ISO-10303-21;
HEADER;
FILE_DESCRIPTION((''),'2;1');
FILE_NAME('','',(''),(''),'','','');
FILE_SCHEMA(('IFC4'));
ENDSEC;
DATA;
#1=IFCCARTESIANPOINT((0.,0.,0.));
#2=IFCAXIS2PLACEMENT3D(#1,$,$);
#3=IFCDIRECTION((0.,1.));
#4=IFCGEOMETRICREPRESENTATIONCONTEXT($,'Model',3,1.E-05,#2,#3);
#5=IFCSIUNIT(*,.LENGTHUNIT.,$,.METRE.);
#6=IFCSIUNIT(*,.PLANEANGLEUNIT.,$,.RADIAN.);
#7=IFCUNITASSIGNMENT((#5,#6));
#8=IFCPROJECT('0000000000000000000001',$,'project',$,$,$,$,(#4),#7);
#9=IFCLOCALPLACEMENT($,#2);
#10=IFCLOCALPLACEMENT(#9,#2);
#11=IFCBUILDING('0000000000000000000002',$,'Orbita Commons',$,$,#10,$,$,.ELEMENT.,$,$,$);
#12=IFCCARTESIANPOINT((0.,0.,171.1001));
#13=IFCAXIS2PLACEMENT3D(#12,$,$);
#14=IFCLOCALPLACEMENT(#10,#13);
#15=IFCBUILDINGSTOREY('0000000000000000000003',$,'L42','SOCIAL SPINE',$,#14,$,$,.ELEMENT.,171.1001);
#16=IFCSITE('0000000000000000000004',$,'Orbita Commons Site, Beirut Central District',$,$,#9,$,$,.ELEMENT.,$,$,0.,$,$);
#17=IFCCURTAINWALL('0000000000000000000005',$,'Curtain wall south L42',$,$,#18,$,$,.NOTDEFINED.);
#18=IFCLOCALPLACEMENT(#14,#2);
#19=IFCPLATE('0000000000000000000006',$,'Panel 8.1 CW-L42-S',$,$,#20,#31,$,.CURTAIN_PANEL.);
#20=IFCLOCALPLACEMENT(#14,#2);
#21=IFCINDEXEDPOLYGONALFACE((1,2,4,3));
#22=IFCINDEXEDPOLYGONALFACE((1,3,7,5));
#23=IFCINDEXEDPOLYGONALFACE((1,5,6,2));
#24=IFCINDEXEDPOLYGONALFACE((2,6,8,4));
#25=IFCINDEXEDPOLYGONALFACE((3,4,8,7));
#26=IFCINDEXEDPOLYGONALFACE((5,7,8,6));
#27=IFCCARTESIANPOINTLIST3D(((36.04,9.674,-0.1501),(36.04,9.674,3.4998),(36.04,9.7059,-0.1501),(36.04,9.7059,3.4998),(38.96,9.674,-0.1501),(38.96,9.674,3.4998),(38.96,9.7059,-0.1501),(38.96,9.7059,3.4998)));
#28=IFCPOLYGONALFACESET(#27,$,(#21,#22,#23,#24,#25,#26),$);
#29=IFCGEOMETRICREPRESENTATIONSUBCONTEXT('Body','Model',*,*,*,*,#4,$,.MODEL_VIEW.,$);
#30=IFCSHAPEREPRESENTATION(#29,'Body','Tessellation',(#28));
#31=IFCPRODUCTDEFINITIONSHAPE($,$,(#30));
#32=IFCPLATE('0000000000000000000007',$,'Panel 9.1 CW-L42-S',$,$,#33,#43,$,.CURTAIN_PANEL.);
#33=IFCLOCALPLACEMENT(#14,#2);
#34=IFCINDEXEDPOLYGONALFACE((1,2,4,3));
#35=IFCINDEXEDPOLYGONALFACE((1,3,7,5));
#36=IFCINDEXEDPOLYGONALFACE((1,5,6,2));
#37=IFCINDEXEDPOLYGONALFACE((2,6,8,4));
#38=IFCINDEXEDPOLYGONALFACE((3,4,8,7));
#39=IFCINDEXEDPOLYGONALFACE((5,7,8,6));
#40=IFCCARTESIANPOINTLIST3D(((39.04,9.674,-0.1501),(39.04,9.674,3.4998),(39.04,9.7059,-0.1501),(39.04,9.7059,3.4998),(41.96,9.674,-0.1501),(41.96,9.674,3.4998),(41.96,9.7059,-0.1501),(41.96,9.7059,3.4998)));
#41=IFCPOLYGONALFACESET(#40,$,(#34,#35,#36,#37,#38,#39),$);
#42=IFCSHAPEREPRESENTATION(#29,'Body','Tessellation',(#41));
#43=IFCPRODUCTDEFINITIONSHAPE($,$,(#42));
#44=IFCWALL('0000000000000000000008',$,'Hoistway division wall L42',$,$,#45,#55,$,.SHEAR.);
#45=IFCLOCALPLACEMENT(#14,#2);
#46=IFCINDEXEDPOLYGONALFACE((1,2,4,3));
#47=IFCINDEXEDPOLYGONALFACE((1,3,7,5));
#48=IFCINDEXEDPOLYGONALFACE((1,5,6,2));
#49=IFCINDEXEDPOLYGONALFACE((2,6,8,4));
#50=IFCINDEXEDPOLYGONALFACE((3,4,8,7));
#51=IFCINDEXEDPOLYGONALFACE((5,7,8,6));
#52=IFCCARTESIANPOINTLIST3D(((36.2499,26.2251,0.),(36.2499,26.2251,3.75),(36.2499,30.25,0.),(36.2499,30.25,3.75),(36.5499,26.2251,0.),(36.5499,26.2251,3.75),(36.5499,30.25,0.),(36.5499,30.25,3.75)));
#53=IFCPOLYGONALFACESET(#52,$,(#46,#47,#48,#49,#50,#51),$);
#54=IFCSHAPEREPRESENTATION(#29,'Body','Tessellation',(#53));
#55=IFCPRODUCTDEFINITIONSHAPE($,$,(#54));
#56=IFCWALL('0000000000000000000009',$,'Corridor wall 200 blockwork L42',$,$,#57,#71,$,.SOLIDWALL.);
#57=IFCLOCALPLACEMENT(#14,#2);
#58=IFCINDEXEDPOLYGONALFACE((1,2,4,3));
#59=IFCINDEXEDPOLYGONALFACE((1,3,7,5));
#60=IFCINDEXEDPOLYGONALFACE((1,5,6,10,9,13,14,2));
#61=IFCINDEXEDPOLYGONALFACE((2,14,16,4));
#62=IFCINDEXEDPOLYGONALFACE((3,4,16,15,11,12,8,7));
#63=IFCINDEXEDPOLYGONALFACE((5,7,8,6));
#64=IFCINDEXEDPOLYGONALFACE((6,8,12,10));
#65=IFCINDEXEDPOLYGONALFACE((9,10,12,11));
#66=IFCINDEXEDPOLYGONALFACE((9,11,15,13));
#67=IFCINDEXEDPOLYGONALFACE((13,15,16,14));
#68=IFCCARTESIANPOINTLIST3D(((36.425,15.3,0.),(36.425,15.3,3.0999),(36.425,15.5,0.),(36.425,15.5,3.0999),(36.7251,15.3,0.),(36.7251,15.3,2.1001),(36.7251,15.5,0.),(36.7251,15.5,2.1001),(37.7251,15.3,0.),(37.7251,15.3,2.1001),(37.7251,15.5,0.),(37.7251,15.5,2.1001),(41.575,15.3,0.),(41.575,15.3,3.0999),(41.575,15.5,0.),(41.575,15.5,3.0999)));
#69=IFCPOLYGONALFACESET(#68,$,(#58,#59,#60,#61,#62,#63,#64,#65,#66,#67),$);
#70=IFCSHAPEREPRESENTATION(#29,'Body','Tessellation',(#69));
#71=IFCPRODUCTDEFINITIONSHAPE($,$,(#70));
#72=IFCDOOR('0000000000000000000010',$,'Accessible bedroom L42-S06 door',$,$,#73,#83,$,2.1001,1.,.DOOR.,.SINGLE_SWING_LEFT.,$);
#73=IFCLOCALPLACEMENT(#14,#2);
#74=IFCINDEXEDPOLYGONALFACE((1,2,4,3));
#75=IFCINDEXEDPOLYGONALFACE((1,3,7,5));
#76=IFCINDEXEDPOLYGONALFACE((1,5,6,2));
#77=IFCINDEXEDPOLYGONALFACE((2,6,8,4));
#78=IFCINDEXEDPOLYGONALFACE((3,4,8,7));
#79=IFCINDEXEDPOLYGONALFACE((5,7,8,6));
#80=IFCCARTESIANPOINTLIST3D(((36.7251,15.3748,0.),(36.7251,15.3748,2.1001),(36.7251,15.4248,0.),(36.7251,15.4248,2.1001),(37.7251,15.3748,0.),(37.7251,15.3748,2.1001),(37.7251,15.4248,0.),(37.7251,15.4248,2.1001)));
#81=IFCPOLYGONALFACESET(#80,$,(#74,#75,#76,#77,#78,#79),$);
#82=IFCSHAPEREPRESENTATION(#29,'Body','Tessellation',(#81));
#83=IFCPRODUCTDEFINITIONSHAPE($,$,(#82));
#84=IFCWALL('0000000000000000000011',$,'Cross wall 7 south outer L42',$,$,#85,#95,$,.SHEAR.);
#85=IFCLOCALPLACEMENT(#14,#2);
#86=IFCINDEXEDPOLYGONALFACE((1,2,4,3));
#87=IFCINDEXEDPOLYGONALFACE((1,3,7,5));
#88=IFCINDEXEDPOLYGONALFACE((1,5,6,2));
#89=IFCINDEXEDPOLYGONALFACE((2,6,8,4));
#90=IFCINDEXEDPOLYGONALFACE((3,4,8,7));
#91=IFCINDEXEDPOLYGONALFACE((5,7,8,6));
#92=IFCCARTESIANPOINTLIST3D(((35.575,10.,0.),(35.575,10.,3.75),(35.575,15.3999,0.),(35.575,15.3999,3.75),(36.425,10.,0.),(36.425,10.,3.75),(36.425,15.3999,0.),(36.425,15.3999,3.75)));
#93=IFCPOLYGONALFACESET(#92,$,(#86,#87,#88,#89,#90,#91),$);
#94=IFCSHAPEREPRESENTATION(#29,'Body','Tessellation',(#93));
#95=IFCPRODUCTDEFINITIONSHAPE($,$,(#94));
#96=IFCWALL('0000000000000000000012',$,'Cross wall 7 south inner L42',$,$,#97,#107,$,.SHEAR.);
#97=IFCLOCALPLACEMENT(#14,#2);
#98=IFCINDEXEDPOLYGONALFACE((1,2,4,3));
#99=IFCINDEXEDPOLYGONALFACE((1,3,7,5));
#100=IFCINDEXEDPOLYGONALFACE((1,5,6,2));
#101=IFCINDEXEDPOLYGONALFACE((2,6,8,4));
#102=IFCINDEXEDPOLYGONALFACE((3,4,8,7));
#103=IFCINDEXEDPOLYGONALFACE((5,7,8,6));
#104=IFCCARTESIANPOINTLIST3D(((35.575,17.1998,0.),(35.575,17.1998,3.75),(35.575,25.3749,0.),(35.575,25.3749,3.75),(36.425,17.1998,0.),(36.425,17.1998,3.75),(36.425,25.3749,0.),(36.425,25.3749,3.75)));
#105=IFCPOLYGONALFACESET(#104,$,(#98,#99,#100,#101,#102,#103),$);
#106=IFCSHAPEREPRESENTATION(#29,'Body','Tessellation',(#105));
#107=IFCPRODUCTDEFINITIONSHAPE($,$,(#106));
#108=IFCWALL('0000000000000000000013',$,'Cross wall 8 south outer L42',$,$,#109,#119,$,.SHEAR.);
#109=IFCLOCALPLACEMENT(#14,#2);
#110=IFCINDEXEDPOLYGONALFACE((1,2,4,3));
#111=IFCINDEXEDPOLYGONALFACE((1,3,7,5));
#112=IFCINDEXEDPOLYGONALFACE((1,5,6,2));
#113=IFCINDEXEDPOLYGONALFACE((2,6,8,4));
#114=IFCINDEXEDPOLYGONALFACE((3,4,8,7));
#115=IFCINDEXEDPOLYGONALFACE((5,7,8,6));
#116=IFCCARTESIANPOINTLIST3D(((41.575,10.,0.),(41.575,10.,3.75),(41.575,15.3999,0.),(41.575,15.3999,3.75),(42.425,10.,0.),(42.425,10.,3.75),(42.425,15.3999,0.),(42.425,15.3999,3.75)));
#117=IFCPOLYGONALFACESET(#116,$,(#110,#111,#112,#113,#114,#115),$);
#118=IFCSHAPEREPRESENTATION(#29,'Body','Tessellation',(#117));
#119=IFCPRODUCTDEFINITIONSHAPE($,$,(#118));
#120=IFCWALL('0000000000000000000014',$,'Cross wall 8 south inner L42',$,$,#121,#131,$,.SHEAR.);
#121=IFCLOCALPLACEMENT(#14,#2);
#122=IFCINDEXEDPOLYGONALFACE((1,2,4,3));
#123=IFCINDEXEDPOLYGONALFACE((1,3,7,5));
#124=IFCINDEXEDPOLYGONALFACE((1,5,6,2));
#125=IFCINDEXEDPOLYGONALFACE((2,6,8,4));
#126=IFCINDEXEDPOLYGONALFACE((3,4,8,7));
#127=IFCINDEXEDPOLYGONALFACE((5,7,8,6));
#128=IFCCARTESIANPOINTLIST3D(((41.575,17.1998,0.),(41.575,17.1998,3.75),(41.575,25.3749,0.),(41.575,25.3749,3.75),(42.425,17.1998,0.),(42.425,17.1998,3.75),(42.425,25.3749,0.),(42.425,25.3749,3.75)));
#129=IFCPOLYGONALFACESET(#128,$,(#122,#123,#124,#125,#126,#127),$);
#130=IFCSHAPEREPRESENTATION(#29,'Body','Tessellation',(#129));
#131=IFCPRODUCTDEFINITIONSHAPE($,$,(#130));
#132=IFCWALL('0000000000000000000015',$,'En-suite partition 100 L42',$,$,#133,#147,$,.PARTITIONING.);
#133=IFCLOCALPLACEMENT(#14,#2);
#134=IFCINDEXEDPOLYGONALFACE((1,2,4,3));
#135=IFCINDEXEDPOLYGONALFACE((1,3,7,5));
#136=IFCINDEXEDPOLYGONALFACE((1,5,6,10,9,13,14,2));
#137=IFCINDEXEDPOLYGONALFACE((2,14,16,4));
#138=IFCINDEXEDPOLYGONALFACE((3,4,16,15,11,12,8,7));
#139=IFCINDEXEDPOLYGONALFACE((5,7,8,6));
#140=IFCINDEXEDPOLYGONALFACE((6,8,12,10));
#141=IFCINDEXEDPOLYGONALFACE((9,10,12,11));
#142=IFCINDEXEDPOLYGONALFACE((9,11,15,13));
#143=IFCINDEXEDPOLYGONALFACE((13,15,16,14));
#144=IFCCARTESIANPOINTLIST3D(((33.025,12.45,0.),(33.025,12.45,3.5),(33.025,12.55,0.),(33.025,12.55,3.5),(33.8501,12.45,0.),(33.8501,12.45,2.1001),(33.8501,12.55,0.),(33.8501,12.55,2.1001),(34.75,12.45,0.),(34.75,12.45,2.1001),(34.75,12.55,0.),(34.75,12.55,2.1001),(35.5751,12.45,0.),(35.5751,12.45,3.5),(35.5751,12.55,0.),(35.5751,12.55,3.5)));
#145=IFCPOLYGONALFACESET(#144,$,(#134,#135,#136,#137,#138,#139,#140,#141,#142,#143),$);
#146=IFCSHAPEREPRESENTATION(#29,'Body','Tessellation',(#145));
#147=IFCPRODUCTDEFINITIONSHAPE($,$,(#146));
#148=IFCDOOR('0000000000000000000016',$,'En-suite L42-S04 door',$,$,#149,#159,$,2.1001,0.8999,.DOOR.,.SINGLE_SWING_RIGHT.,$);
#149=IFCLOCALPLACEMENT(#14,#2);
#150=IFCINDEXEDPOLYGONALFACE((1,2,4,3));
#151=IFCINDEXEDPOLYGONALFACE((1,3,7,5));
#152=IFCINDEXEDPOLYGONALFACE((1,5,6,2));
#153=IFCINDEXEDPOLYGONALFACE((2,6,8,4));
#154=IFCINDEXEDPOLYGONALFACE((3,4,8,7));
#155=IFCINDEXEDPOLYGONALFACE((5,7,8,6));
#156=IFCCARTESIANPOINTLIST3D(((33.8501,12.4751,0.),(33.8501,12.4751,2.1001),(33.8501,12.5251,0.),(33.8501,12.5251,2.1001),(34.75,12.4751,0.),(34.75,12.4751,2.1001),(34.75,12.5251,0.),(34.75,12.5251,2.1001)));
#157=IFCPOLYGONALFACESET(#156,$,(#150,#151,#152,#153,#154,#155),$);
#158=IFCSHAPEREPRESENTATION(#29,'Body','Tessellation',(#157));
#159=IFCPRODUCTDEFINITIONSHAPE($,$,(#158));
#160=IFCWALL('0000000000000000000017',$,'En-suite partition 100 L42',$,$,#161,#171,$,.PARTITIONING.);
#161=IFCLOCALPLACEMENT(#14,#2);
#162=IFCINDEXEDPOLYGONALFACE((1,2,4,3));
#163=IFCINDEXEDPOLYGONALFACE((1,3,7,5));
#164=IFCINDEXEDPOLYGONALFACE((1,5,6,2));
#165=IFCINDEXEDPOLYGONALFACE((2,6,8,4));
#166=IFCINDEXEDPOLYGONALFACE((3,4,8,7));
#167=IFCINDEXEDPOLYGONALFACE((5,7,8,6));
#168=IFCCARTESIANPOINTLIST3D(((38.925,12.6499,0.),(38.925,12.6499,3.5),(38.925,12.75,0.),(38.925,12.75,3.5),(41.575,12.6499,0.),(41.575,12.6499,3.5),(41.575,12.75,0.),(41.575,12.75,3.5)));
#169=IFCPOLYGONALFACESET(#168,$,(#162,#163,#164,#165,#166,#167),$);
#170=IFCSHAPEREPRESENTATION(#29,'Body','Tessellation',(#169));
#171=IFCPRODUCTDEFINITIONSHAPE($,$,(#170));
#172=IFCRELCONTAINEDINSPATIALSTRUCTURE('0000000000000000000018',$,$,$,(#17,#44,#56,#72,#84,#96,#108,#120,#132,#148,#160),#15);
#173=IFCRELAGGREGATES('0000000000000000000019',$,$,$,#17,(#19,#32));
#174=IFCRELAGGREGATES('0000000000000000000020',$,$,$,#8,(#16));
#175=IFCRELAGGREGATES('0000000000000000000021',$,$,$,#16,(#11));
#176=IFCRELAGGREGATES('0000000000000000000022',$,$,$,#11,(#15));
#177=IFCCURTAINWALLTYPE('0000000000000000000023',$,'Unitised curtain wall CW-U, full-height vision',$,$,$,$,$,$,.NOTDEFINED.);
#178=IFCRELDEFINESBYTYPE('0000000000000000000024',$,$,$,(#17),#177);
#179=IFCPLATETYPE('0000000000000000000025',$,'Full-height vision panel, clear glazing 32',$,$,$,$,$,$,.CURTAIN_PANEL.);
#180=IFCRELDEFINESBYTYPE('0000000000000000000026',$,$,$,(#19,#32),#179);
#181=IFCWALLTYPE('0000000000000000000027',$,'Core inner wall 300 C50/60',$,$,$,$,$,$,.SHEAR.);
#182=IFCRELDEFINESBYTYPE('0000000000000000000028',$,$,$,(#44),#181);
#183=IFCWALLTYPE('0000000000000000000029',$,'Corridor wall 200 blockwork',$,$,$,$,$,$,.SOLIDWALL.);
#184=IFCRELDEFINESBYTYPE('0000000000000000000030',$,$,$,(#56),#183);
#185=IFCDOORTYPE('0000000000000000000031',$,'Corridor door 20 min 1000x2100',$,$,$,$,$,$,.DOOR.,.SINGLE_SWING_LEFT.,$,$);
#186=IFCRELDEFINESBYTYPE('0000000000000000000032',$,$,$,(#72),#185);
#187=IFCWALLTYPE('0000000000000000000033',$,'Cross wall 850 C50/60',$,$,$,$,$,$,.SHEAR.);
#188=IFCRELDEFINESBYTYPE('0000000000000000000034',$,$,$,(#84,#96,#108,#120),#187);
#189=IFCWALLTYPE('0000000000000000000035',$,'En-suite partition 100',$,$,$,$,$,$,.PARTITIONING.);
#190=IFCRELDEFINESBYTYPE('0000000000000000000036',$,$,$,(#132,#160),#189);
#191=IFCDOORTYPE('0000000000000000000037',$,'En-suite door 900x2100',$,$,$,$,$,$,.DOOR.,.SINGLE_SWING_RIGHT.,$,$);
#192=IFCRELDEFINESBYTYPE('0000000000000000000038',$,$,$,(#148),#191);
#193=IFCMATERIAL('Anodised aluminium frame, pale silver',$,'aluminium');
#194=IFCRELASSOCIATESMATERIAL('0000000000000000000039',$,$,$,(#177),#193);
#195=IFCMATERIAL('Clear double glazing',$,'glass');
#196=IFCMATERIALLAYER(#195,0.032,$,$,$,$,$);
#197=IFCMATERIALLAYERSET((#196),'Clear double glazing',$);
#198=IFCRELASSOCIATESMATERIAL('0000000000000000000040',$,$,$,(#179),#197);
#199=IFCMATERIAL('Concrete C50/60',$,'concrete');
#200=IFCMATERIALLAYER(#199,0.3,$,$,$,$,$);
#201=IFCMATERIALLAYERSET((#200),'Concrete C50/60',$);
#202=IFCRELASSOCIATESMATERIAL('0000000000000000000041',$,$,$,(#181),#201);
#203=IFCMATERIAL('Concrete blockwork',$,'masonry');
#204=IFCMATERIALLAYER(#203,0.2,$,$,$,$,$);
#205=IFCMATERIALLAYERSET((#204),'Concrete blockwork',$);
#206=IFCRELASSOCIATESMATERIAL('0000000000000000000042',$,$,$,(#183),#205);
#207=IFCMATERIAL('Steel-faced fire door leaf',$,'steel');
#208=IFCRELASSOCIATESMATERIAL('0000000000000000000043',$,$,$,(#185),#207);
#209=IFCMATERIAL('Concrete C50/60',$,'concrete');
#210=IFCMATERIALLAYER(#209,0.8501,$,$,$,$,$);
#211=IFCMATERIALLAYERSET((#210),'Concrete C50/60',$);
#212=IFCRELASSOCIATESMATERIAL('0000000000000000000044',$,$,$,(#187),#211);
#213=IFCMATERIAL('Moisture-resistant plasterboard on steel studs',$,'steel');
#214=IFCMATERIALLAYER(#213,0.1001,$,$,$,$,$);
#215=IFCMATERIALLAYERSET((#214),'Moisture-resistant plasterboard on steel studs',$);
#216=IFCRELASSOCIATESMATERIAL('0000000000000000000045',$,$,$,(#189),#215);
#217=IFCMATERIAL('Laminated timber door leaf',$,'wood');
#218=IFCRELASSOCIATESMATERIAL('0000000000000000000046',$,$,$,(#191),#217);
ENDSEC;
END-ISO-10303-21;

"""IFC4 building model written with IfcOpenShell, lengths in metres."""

from ifc_helpers import new_model, si_unit, direction, frame, frame_2d, origin, origin_2d, place, context, subcontext, project, spatial, polyline, rectangle, outline, extrude, material, layer, layer_set, type_object, element, fill, aggregate, save


model = new_model("IFC4")

# Units and contexts
model_context = context("Model", 3, precision=1e-05, world=origin(), true_north=direction((0.0, 1.0)))
body_context = subcontext(model_context, "Body", "Model", "MODEL_VIEW")
ifc_project = project(units=[si_unit("LENGTHUNIT", "METRE"), si_unit("PLANEANGLEUNIT", "RADIAN")], contexts=[model_context])

# Site, building, storey
site_placement = place(None, origin())
site = spatial("IfcSite", under=ifc_project, at=site_placement, Name="Orbita Commons Site, Beirut Central District", CompositionType="ELEMENT", RefElevation=0.0)
building_placement = place(site_placement, origin())
building = spatial("IfcBuilding", under=site, at=building_placement, Name="Orbita Commons", CompositionType="ELEMENT")
storey_placement = place(building_placement, frame((0.0, 0.0, 171.1001)))
storey = spatial("IfcBuildingStorey", under=building, at=storey_placement, Name="L42", Description="SOCIAL SPINE", CompositionType="ELEMENT", Elevation=171.1001)

# Curtain wall
ifc_material_1 = material(Name="Anodised aluminium frame, pale silver", Category="aluminium")
curtain_wall_type = type_object("IfcCurtainWallType", Name="Unitised curtain wall CW-U, full-height vision", PredefinedType="NOTDEFINED", material=ifc_material_1)
curtain_wall_placement = place(storey_placement, origin())
curtain_wall = element("IfcCurtainWall", 1, at=curtain_wall_placement, inside=storey, type_object=curtain_wall_type, Name="Curtain wall south L42", PredefinedType="NOTDEFINED")

# Plates
ifc_material_2 = material(Name="Clear double glazing", Category="glass")
ifc_layer_1 = layer(ifc_material_2, 0.032)
ifc_layer_set_1 = layer_set([ifc_layer_1], Name="Clear double glazing")
plate_type = type_object("IfcPlateType", Name="Full-height vision panel, clear glazing 32", PredefinedType="CURTAIN_PANEL", material=ifc_layer_set_1)
plate_1_placement = place(storey_placement, frame((37.5, 9.6899, -0.1501), z_axis=(0.0, 0.0, 1.0), x_axis=(1.0, 0.0, 0.0)))
plate_1 = element("IfcPlate", 2, at=plate_1_placement, type_object=plate_type, Name="Panel 8.1 CW-L42-S", PredefinedType="CURTAIN_PANEL", context=body_context, shape_type="SweptSolid", body=[
    extrude(rectangle(XDim=2.9199, YDim=0.032, at=origin_2d()), origin(), (0.0, 0.0, 1.0), 3.6499),
])
plate_2_placement = place(storey_placement, frame((40.5, 9.6899, -0.1501), z_axis=(0.0, 0.0, 1.0), x_axis=(1.0, 0.0, 0.0)))
plate_2 = element("IfcPlate", 3, at=plate_2_placement, type_object=plate_type, Name="Panel 9.1 CW-L42-S", PredefinedType="CURTAIN_PANEL", context=body_context, shape_type="SweptSolid", body=[
    extrude(rectangle(XDim=2.9199, YDim=0.032, at=origin_2d()), origin(), (0.0, 0.0, 1.0), 3.6499),
])
aggregate(curtain_wall, [plate_1, plate_2])

# Wall
ifc_material_3 = material(Name="Concrete C50/60", Category="concrete")
ifc_layer_2 = layer(ifc_material_3, 0.3)
ifc_layer_set_2 = layer_set([ifc_layer_2], Name="Concrete C50/60")
wall_type_1 = type_object("IfcWallType", Name="Core inner wall 300 C50/60", PredefinedType="SHEAR", material=ifc_layer_set_2)
wall_1_placement = place(storey_placement, frame((36.3999, 26.2251, 0.0), z_axis=(0.0, 0.0, 1.0), x_axis=(0.0, 1.0, 0.0)))
element("IfcWall", 4, at=wall_1_placement, inside=storey, type_object=wall_type_1, Name="Hoistway division wall L42", PredefinedType="SHEAR", context=body_context, shape_type="SweptSolid", body=[
    extrude(rectangle(XDim=4.0249, YDim=0.3, at=frame_2d((2.0125, 0.0))), origin(), (0.0, 0.0, 1.0), 3.75),
])

# Wall, opening, door
ifc_material_4 = material(Name="Concrete blockwork", Category="masonry")
ifc_layer_3 = layer(ifc_material_4, 0.2)
ifc_layer_set_3 = layer_set([ifc_layer_3], Name="Concrete blockwork")
wall_type_2 = type_object("IfcWallType", Name="Corridor wall 200 blockwork", PredefinedType="SOLIDWALL", material=ifc_layer_set_3)
wall_2_placement = place(storey_placement, frame((36.425, 15.3999, 0.0), z_axis=(0.0, 0.0, 1.0), x_axis=(1.0, 0.0, 0.0)))
wall_2 = element("IfcWall", 5, at=wall_2_placement, inside=storey, type_object=wall_type_2, Name="Corridor wall 200 blockwork L42", PredefinedType="SOLIDWALL", context=body_context, shape_type="SweptSolid", body=[
    extrude(outline(polyline([(0.0, 0.0), (5.1499, 0.0), (5.1499, 3.0999), (0.0, 3.0999), (0.0, 0.0)])), frame((0.0, 0.1001, 0.0), z_axis=(0.0, -1.0, 0.0), x_axis=(1.0, 0.0, 0.0)), (0.0, 0.0, 1.0), 0.2),
])
opening_1_placement = place(wall_2_placement, frame((0.3, 0.0, 0.0)))
opening_1 = element("IfcOpeningElement", 6, at=opening_1_placement, cuts=wall_2, PredefinedType="OPENING", context=body_context, shape_type="SweptSolid", body=[
    extrude(rectangle(XDim=1.0, YDim=2.1001, at=frame_2d((0.5, 1.05))), frame((0.0, 0.1099, 0.0), z_axis=(0.0, -1.0, 0.0), x_axis=(1.0, 0.0, 0.0)), (0.0, 0.0, 1.0), 0.22),
])
ifc_material_5 = material(Name="Steel-faced fire door leaf", Category="steel")
door_type_1 = type_object("IfcDoorType", Name="Corridor door 20 min 1000x2100", OperationType="SINGLE_SWING_LEFT", PredefinedType="DOOR", material=ifc_material_5)
door_1_placement = place(opening_1_placement, origin())
door_1 = element("IfcDoor", 7, at=door_1_placement, inside=storey, type_object=door_type_1, Name="Accessible bedroom L42-S06 door", OperationType="SINGLE_SWING_LEFT", OverallHeight=2.1001, OverallWidth=1.0, PredefinedType="DOOR", context=body_context, shape_type="SweptSolid", body=[
    extrude(rectangle(XDim=1.0, YDim=2.1001, at=frame_2d((0.5, 1.05))), frame((0.0, 0.0249, 0.0), z_axis=(0.0, -1.0, 0.0), x_axis=(1.0, 0.0, 0.0)), (0.0, 0.0, 1.0), 0.05),
])
fill(opening_1, door_1)

# Walls
ifc_material_6 = material(Name="Concrete C50/60", Category="concrete")
ifc_layer_4 = layer(ifc_material_6, 0.8501)
ifc_layer_set_4 = layer_set([ifc_layer_4], Name="Concrete C50/60")
wall_type_3 = type_object("IfcWallType", Name="Cross wall 850 C50/60", PredefinedType="SHEAR", material=ifc_layer_set_4)
wall_3_placement = place(storey_placement, frame((36.0, 10.0, 0.0), z_axis=(0.0, 0.0, 1.0), x_axis=(0.0, 1.0, 0.0)))
element("IfcWall", 8, at=wall_3_placement, inside=storey, type_object=wall_type_3, Name="Cross wall 7 south outer L42", PredefinedType="SHEAR", context=body_context, shape_type="SweptSolid", body=[
    extrude(rectangle(XDim=5.3999, YDim=0.8501, at=frame_2d((2.7, 0.0))), origin(), (0.0, 0.0, 1.0), 3.75),
])
wall_4_placement = place(storey_placement, frame((36.0, 17.2, 0.0), z_axis=(0.0, 0.0, 1.0), x_axis=(0.0, 1.0, 0.0)))
element("IfcWall", 9, at=wall_4_placement, inside=storey, type_object=wall_type_3, Name="Cross wall 7 south inner L42", PredefinedType="SHEAR", context=body_context, shape_type="SweptSolid", body=[
    extrude(rectangle(XDim=8.175, YDim=0.8501, at=frame_2d((4.0874, 0.0))), origin(), (0.0, 0.0, 1.0), 3.75),
])
wall_5_placement = place(storey_placement, frame((42.0, 10.0, 0.0), z_axis=(0.0, 0.0, 1.0), x_axis=(0.0, 1.0, 0.0)))
element("IfcWall", 10, at=wall_5_placement, inside=storey, type_object=wall_type_3, Name="Cross wall 8 south outer L42", PredefinedType="SHEAR", context=body_context, shape_type="SweptSolid", body=[
    extrude(rectangle(XDim=5.3999, YDim=0.8501, at=frame_2d((2.7, 0.0))), origin(), (0.0, 0.0, 1.0), 3.75),
])
wall_6_placement = place(storey_placement, frame((42.0, 17.2, 0.0), z_axis=(0.0, 0.0, 1.0), x_axis=(0.0, 1.0, 0.0)))
element("IfcWall", 11, at=wall_6_placement, inside=storey, type_object=wall_type_3, Name="Cross wall 8 south inner L42", PredefinedType="SHEAR", context=body_context, shape_type="SweptSolid", body=[
    extrude(rectangle(XDim=8.175, YDim=0.8501, at=frame_2d((4.0874, 0.0))), origin(), (0.0, 0.0, 1.0), 3.75),
])

# Wall, opening, door
ifc_material_7 = material(Name="Moisture-resistant plasterboard on steel studs", Category="steel")
ifc_layer_5 = layer(ifc_material_7, 0.1001)
ifc_layer_set_5 = layer_set([ifc_layer_5], Name="Moisture-resistant plasterboard on steel studs")
wall_type_4 = type_object("IfcWallType", Name="En-suite partition 100", PredefinedType="PARTITIONING", material=ifc_layer_set_5)
wall_7_placement = place(storey_placement, frame((35.575, 12.5, 0.0), z_axis=(0.0, 0.0, 1.0), x_axis=(-1.0, 0.0, 0.0)))
wall_7 = element("IfcWall", 12, at=wall_7_placement, inside=storey, type_object=wall_type_4, Name="En-suite partition 100 L42", PredefinedType="PARTITIONING", context=body_context, shape_type="SweptSolid", body=[
    extrude(rectangle(XDim=2.55, YDim=0.1001, at=frame_2d((1.2749, 0.0))), origin(), (0.0, 0.0, 1.0), 3.5),
])
opening_2_placement = place(wall_7_placement, frame((0.825, 0.0, 0.0)))
opening_2 = element("IfcOpeningElement", 13, at=opening_2_placement, cuts=wall_7, PredefinedType="OPENING", context=body_context, shape_type="SweptSolid", body=[
    extrude(rectangle(XDim=0.8999, YDim=2.1001, at=frame_2d((0.45, 1.05))), frame((0.0, 0.0601, 0.0), z_axis=(0.0, -1.0, 0.0), x_axis=(1.0, 0.0, 0.0)), (0.0, 0.0, 1.0), 0.1201),
])
ifc_material_8 = material(Name="Laminated timber door leaf", Category="wood")
door_type_2 = type_object("IfcDoorType", Name="En-suite door 900x2100", OperationType="SINGLE_SWING_RIGHT", PredefinedType="DOOR", material=ifc_material_8)
door_2_placement = place(opening_2_placement, origin())
door_2 = element("IfcDoor", 14, at=door_2_placement, inside=storey, type_object=door_type_2, Name="En-suite L42-S04 door", OperationType="SINGLE_SWING_RIGHT", OverallHeight=2.1001, OverallWidth=0.8999, PredefinedType="DOOR", context=body_context, shape_type="SweptSolid", body=[
    extrude(rectangle(XDim=0.8999, YDim=2.1001, at=frame_2d((0.45, 1.05))), frame((0.0, 0.0249, 0.0), z_axis=(0.0, -1.0, 0.0), x_axis=(1.0, 0.0, 0.0)), (0.0, 0.0, 1.0), 0.05),
])
fill(opening_2, door_2)

# Wall
wall_8_placement = place(storey_placement, frame((38.925, 12.7, 0.0), z_axis=(0.0, 0.0, 1.0), x_axis=(1.0, 0.0, 0.0)))
element("IfcWall", 15, at=wall_8_placement, inside=storey, type_object=wall_type_4, Name="En-suite partition 100 L42", PredefinedType="PARTITIONING", context=body_context, shape_type="SweptSolid", body=[
    extrude(rectangle(XDim=2.6499, YDim=0.1001, at=frame_2d((1.325, 0.0))), origin(), (0.0, 0.0, 1.0), 3.5),
])

save(model, "model.ifc")
